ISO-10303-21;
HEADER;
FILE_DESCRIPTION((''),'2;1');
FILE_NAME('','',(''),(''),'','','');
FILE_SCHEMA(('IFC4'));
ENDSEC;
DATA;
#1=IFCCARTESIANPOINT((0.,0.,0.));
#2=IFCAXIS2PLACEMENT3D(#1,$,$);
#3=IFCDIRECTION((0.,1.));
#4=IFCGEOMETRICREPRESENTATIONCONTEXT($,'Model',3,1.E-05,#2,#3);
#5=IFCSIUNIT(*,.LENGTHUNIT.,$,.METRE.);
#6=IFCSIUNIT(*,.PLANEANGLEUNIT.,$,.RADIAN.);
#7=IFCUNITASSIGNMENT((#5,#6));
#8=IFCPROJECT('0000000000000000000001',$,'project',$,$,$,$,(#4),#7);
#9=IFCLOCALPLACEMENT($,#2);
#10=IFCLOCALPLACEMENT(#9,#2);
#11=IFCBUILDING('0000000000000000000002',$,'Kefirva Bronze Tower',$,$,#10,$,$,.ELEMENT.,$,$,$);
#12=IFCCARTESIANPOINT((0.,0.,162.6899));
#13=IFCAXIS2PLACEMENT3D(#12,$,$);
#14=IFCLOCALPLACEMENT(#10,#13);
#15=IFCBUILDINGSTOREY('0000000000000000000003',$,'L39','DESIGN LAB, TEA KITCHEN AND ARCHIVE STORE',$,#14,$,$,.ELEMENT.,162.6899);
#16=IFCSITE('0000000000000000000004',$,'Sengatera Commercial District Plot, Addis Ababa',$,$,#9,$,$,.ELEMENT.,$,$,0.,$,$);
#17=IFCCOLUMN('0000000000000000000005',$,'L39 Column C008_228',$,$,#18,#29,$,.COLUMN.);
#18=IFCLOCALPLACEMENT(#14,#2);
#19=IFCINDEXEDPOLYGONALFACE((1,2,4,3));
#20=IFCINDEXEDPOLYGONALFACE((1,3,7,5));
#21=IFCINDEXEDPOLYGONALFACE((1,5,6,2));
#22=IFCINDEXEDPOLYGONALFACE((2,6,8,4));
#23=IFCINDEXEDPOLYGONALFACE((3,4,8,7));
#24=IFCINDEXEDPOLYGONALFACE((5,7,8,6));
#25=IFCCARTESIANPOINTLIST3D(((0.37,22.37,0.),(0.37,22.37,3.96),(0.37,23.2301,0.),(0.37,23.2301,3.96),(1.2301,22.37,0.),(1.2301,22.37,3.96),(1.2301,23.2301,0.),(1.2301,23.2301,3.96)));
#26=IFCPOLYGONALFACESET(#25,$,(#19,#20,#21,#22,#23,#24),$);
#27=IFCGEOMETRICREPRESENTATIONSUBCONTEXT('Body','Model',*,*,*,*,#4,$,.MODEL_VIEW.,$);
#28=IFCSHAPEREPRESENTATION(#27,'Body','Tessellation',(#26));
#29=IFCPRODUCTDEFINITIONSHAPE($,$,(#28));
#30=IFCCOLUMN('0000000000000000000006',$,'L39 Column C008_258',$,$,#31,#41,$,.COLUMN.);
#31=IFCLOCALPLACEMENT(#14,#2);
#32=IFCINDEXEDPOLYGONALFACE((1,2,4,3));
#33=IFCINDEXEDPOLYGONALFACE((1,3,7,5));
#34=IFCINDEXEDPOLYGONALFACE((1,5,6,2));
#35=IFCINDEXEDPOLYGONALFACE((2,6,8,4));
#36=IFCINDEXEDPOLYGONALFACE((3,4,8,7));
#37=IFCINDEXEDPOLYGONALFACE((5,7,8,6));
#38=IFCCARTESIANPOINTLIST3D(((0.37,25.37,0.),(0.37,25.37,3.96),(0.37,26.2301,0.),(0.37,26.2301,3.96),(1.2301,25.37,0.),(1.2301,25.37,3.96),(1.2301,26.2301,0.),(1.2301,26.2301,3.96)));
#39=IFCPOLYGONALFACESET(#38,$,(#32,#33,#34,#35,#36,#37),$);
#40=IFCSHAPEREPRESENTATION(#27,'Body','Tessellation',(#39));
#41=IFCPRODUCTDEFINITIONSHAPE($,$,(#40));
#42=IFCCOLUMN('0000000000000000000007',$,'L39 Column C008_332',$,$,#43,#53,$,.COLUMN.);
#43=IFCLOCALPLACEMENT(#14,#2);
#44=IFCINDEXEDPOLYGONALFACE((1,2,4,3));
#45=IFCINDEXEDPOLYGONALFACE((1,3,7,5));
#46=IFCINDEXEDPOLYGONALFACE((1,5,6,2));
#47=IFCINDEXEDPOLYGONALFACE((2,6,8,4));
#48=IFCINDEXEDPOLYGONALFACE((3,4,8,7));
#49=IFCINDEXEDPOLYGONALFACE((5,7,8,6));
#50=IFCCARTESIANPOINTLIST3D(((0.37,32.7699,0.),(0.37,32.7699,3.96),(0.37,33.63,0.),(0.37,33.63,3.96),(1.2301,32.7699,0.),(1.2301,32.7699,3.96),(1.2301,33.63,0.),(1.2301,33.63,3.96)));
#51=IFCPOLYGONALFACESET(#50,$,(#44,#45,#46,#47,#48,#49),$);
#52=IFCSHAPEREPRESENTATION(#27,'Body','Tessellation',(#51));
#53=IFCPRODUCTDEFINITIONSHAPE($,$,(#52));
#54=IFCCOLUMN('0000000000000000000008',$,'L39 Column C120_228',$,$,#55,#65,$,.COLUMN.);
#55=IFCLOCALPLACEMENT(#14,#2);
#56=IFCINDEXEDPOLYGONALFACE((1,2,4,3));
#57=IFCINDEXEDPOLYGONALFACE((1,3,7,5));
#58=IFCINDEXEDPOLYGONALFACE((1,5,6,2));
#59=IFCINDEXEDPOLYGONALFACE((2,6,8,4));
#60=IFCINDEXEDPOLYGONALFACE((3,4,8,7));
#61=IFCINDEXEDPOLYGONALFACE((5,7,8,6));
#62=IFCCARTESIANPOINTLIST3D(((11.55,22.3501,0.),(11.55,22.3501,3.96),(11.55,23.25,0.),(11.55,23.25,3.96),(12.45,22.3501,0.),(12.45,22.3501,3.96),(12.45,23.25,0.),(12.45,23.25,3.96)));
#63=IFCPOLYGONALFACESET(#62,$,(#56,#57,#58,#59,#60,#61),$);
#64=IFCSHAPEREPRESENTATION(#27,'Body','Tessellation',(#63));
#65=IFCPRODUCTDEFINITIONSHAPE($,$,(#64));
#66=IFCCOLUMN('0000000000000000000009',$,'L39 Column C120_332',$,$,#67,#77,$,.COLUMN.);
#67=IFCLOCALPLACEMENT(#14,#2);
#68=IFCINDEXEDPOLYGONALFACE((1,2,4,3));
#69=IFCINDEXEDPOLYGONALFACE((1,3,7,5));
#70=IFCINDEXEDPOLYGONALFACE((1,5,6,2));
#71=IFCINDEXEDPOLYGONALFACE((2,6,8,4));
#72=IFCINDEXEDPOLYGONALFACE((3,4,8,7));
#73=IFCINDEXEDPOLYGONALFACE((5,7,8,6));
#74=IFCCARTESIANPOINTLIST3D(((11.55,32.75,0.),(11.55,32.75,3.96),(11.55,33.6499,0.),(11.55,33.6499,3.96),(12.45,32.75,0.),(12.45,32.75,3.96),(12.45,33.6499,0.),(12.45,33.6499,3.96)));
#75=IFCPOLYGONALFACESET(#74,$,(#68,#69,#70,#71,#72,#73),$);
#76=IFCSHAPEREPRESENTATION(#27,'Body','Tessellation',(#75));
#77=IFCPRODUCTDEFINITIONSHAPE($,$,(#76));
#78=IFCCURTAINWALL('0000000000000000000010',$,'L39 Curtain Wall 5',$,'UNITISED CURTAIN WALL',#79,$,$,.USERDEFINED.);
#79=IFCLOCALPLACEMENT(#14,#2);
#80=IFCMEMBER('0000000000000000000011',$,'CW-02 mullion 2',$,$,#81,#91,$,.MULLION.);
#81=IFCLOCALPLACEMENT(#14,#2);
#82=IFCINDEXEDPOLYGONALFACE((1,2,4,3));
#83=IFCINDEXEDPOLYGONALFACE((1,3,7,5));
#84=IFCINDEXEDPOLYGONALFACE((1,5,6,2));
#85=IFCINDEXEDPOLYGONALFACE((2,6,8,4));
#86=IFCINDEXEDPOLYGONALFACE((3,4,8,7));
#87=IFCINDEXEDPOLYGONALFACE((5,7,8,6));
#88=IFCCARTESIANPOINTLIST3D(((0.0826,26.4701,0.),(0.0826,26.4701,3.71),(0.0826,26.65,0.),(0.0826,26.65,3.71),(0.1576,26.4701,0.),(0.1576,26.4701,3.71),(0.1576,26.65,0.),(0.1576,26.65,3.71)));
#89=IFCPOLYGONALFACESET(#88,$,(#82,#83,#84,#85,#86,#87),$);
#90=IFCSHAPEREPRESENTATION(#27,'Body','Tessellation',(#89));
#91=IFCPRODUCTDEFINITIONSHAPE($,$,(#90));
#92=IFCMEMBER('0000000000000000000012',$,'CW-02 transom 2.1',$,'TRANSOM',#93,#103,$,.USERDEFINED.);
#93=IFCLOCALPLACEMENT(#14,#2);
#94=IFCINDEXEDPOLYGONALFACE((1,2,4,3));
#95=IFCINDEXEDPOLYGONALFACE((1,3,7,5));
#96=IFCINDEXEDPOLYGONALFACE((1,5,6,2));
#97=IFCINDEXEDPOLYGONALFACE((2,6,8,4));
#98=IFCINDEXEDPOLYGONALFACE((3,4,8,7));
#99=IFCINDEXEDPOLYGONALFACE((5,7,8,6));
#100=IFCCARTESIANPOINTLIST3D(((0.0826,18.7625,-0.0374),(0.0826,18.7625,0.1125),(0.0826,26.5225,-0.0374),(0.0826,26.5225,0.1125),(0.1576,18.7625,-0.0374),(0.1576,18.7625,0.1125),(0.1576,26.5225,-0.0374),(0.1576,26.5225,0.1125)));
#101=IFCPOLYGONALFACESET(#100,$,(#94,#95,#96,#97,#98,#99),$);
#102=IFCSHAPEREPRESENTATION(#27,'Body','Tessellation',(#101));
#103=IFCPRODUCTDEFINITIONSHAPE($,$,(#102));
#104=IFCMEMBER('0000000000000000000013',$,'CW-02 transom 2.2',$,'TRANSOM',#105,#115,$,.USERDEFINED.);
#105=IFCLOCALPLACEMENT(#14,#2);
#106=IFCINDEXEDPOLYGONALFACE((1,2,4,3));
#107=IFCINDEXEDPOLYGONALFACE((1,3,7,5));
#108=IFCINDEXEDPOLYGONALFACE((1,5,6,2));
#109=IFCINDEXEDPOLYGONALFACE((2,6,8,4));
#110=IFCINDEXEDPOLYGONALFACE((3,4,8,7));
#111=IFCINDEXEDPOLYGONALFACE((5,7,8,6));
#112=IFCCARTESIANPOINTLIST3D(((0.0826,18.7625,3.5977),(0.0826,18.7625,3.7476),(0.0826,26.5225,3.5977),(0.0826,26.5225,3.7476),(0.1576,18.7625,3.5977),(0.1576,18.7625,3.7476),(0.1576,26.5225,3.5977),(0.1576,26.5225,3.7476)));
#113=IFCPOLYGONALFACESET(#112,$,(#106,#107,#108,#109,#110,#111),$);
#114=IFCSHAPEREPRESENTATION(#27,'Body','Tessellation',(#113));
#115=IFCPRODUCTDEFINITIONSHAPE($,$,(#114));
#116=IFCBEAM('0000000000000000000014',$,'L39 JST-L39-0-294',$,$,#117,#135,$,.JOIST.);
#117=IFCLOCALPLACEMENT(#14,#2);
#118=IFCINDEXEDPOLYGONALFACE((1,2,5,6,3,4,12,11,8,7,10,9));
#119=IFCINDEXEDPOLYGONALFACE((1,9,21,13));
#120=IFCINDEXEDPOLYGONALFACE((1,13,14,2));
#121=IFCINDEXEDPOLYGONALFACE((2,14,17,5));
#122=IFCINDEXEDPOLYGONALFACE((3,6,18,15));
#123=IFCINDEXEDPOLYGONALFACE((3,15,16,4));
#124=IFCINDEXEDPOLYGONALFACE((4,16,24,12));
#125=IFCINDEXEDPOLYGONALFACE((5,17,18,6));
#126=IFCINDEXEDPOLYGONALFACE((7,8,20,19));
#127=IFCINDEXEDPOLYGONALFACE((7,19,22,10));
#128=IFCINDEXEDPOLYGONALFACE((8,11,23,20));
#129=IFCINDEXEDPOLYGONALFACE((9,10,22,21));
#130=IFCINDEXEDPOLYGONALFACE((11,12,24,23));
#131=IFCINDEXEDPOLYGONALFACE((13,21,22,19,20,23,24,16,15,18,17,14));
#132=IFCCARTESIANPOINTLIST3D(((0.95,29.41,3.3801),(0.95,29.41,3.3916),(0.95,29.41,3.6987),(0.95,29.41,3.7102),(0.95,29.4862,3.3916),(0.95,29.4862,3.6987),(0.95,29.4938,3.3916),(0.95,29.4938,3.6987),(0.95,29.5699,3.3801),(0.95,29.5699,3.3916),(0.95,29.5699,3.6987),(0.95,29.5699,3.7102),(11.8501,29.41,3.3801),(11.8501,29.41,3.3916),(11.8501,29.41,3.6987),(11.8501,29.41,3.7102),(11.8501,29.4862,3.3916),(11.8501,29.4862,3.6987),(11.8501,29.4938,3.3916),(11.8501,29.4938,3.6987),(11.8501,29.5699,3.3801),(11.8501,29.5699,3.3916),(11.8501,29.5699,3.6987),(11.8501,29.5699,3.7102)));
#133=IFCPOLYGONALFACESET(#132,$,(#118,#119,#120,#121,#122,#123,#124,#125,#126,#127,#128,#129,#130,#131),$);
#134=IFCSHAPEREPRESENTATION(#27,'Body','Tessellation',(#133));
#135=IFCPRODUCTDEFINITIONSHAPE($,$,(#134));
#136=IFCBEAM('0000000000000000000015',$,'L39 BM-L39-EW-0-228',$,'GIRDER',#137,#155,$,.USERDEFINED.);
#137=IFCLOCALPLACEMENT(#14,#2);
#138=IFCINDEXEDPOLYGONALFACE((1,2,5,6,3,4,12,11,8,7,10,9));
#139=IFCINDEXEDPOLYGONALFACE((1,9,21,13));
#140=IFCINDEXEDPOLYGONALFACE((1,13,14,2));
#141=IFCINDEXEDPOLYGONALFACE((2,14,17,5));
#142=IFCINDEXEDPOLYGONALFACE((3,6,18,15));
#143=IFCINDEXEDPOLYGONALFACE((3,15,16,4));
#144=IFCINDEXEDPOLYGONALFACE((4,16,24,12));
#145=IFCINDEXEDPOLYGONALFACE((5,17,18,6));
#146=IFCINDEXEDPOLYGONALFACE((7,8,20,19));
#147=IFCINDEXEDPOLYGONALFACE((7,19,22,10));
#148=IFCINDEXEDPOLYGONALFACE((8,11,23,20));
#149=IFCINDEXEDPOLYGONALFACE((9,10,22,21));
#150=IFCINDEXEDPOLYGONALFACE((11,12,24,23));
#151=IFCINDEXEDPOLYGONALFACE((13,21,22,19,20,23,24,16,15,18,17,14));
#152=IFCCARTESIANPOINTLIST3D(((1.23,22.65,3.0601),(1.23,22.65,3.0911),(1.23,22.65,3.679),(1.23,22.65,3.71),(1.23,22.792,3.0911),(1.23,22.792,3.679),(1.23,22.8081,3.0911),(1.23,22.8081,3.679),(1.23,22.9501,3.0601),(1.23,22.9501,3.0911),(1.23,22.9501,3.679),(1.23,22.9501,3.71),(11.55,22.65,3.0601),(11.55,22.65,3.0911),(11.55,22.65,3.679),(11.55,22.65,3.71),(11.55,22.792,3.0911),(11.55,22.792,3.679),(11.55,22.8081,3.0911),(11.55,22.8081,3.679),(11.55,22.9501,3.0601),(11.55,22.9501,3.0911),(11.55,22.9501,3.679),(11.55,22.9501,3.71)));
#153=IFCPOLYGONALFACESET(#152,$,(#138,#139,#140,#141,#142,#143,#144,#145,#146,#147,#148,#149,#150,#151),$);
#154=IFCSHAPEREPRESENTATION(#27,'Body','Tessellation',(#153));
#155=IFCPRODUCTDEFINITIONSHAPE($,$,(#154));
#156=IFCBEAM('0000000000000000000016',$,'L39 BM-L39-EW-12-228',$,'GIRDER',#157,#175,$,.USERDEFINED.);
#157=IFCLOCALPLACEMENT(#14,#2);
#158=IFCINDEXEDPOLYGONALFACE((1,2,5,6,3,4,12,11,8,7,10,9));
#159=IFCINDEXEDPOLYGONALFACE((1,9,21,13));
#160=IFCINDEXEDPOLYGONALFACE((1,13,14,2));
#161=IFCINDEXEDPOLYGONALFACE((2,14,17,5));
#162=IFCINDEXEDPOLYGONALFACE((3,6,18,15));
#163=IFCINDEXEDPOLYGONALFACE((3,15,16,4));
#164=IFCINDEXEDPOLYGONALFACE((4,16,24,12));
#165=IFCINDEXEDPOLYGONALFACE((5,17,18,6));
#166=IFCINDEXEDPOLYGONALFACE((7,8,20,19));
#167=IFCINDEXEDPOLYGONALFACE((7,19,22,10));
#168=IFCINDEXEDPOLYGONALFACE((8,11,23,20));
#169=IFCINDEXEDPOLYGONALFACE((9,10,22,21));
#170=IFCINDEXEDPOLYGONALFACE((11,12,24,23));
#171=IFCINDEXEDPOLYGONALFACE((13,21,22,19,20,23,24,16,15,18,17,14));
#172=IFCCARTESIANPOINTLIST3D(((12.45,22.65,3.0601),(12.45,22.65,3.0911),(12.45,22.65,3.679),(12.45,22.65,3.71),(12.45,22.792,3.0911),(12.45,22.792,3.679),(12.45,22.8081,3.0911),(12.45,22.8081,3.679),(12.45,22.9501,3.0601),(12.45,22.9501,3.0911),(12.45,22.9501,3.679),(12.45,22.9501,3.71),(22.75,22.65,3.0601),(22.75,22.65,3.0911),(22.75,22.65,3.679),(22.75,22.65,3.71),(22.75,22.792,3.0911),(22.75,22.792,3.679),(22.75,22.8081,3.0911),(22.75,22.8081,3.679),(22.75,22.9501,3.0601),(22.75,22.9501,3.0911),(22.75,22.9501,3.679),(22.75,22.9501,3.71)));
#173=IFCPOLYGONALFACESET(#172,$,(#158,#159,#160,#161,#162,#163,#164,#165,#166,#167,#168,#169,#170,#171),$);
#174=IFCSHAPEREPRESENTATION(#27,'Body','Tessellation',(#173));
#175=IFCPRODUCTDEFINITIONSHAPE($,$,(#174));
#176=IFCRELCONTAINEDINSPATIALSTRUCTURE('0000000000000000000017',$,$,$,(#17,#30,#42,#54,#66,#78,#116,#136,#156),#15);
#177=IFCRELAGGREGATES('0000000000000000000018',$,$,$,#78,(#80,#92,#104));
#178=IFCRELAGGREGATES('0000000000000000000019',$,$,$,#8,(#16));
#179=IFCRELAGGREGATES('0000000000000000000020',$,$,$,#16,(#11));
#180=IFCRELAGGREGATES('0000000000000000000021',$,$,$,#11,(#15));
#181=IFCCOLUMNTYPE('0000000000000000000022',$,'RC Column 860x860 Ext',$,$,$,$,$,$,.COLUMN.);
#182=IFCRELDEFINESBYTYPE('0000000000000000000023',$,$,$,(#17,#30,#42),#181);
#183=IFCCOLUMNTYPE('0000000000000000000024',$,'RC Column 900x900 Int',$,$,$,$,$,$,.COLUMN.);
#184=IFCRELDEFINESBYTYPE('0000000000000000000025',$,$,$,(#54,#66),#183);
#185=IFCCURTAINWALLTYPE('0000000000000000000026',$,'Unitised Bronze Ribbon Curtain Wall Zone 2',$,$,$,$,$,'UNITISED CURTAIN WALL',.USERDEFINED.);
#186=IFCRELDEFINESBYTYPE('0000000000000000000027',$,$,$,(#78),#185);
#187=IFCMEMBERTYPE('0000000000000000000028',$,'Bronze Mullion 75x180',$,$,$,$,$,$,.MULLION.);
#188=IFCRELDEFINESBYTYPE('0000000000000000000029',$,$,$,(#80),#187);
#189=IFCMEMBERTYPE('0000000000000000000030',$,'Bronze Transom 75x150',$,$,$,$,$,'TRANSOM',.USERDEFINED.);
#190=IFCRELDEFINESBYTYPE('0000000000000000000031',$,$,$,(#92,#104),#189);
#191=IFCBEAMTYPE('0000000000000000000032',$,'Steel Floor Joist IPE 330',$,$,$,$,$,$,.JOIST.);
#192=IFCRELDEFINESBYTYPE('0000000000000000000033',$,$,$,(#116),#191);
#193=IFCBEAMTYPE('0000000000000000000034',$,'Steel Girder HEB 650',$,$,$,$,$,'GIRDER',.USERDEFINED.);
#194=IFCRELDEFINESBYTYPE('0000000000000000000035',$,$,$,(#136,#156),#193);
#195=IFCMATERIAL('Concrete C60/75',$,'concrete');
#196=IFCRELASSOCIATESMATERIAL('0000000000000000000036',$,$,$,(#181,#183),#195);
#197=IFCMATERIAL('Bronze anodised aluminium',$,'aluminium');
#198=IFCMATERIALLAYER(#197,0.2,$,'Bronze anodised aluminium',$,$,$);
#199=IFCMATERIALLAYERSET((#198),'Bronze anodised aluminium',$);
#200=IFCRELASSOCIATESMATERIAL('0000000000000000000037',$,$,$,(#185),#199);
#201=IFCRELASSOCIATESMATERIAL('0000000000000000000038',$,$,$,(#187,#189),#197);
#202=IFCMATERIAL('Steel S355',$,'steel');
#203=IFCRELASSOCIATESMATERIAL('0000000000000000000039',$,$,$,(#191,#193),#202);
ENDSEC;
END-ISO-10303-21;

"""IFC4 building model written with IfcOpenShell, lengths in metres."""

from ifc_helpers import new_model, si_unit, direction, frame, origin, origin_2d, place, context, subcontext, project, spatial, rectangle, i_section, extrude, material, layer, layer_set, material_profile, profile_set, type_object, element, aggregate, save


model = new_model("IFC4")

# Units and contexts
model_context = context("Model", 3, precision=1e-05, world=origin(), true_north=direction((0.0, 1.0)))
body_context = subcontext(model_context, "Body", "Model", "MODEL_VIEW")
ifc_project = project(units=[si_unit("LENGTHUNIT", "METRE"), si_unit("PLANEANGLEUNIT", "RADIAN")], contexts=[model_context])

# Site, building, storey
site_placement = place(None, origin())
site = spatial("IfcSite", under=ifc_project, at=site_placement, Name="Sengatera Commercial District Plot, Addis Ababa", CompositionType="ELEMENT", RefElevation=0.0)
building_placement = place(site_placement, origin())
building = spatial("IfcBuilding", under=site, at=building_placement, Name="Kefirva Bronze Tower", CompositionType="ELEMENT")
storey_placement = place(building_placement, frame((0.0, 0.0, 162.6899)))
storey = spatial("IfcBuildingStorey", under=building, at=storey_placement, Name="L39", Description="DESIGN LAB, TEA KITCHEN AND ARCHIVE STORE", CompositionType="ELEMENT", Elevation=162.6899)

# Columns
ifc_material_1 = material(Name="Concrete C60/75", Category="concrete")
ifc_material_profile_1 = material_profile(ifc_material_1, rectangle(XDim=0.8601, YDim=0.8601, at=origin_2d()), Name="RC 860x860")
ifc_profile_set_1 = profile_set([ifc_material_profile_1], Name="Concrete C60/75")
column_type_1 = type_object("IfcColumnType", Name="RC Column 860x860 Ext", PredefinedType="COLUMN", material=ifc_profile_set_1)
for number, where, z_axis, x_axis, name in (
    (1, (0.8, 22.8, 0.0), (0.0, 0.0, 1.0), (1.0, 0.0, 0.0), "L39 Column C008_228"),
    (2, (0.8, 25.8, 0.0), (0.0, 0.0, 1.0), (1.0, 0.0, 0.0), "L39 Column C008_258"),
    (3, (0.8, 33.2, 0.0), (0.0, 0.0, 1.0), (1.0, 0.0, 0.0), "L39 Column C008_332"),
):
    element("IfcColumn", number, at=place(storey_placement, frame(where, z_axis=z_axis, x_axis=x_axis)), inside=storey, type_object=column_type_1, Name=name, PredefinedType="COLUMN", context=body_context, shape_type="SweptSolid", body=[
        extrude(rectangle(XDim=0.8601, YDim=0.8601, at=origin_2d()), origin(), (0.0, 0.0, 1.0), 3.96),
    ])
ifc_material_profile_2 = material_profile(ifc_material_1, rectangle(XDim=0.8999, YDim=0.8999, at=origin_2d()), Name="RC 900x900")
ifc_profile_set_2 = profile_set([ifc_material_profile_2], Name="Concrete C60/75")
column_type_2 = type_object("IfcColumnType", Name="RC Column 900x900 Int", PredefinedType="COLUMN", material=ifc_profile_set_2)
for number, where, z_axis, x_axis, name in (
    (4, (12.0, 22.8, 0.0), (0.0, 0.0, 1.0), (1.0, 0.0, 0.0), "L39 Column C120_228"),
    (5, (12.0, 33.2, 0.0), (0.0, 0.0, 1.0), (1.0, 0.0, 0.0), "L39 Column C120_332"),
):
    element("IfcColumn", number, at=place(storey_placement, frame(where, z_axis=z_axis, x_axis=x_axis)), inside=storey, type_object=column_type_2, Name=name, PredefinedType="COLUMN", context=body_context, shape_type="SweptSolid", body=[
        extrude(rectangle(XDim=0.8999, YDim=0.8999, at=origin_2d()), origin(), (0.0, 0.0, 1.0), 3.96),
    ])

# Curtain wall, members
ifc_material_2 = material(Name="Bronze anodised aluminium", Category="aluminium")
ifc_layer_1 = layer(ifc_material_2, 0.2, Name="Bronze anodised aluminium")
ifc_layer_set_1 = layer_set([ifc_layer_1], Name="Bronze anodised aluminium")
curtain_wall_type = type_object("IfcCurtainWallType", Name="Unitised Bronze Ribbon Curtain Wall Zone 2", ElementType="UNITISED CURTAIN WALL", PredefinedType="USERDEFINED", material=ifc_layer_set_1)
curtain_wall_placement = place(storey_placement, origin())
curtain_wall = element("IfcCurtainWall", 6, at=curtain_wall_placement, inside=storey, type_object=curtain_wall_type, Name="L39 Curtain Wall 5", ObjectType="UNITISED CURTAIN WALL", PredefinedType="USERDEFINED")
ifc_material_profile_3 = material_profile(ifc_material_2, rectangle(XDim=0.075, YDim=0.1799, at=origin_2d()), Name="ALU 75x180")
ifc_profile_set_3 = profile_set([ifc_material_profile_3], Name="Bronze anodised aluminium")
member_type_1 = type_object("IfcMemberType", Name="Bronze Mullion 75x180", PredefinedType="MULLION", material=ifc_profile_set_3)
member_1_placement = place(storey_placement, frame((0.1201, 26.5601, 0.0), z_axis=(0.0, 0.0, 1.0), x_axis=(1.0, 0.0, 0.0)))
member_1 = element("IfcMember", 7, at=member_1_placement, type_object=member_type_1, Name="CW-02 mullion 2", PredefinedType="MULLION", context=body_context, shape_type="SweptSolid", body=[
    extrude(rectangle(XDim=0.075, YDim=0.1799, at=origin_2d()), origin(), (0.0, 0.0, 1.0), 3.71),
])
ifc_material_profile_4 = material_profile(ifc_material_2, rectangle(XDim=0.075, YDim=0.1499, at=origin_2d()), Name="ALU 75x150")
ifc_profile_set_4 = profile_set([ifc_material_profile_4], Name="Bronze anodised aluminium")
member_type_2 = type_object("IfcMemberType", Name="Bronze Transom 75x150", ElementType="TRANSOM", PredefinedType="USERDEFINED", material=ifc_profile_set_4)
member_2_placement = place(storey_placement, frame((0.1201, 26.5225, 0.0376), z_axis=(0.0, -1.0, 0.0), x_axis=(1.0, 0.0, 0.0)))
member_2 = element("IfcMember", 8, at=member_2_placement, type_object=member_type_2, Name="CW-02 transom 2.1", ObjectType="TRANSOM", PredefinedType="USERDEFINED", context=body_context, shape_type="SweptSolid", body=[
    extrude(rectangle(XDim=0.075, YDim=0.1499, at=origin_2d()), origin(), (0.0, 0.0, 1.0), 7.76),
])
member_3_placement = place(storey_placement, frame((0.1201, 26.5225, 3.6726), z_axis=(0.0, -1.0, 0.0), x_axis=(1.0, 0.0, 0.0)))
member_3 = element("IfcMember", 9, at=member_3_placement, type_object=member_type_2, Name="CW-02 transom 2.2", ObjectType="TRANSOM", PredefinedType="USERDEFINED", context=body_context, shape_type="SweptSolid", body=[
    extrude(rectangle(XDim=0.075, YDim=0.1499, at=origin_2d()), origin(), (0.0, 0.0, 1.0), 7.76),
])

# Beams
ifc_material_3 = material(Name="Steel S355", Category="steel")
ifc_material_profile_5 = material_profile(ifc_material_3, i_section(OverallWidth=0.1599, OverallDepth=0.3301, WebThickness=0.0076, FlangeThickness=0.0115, at=origin_2d()), Name="IPE 330")
ifc_profile_set_5 = profile_set([ifc_material_profile_5], Name="Steel S355")
beam_type_1 = type_object("IfcBeamType", Name="Steel Floor Joist IPE 330", PredefinedType="JOIST", material=ifc_profile_set_5)
beam_1_placement = place(storey_placement, frame((0.95, 29.49, 3.5452), z_axis=(1.0, 0.0, 0.0), x_axis=(0.0, 1.0, 0.0)))
element("IfcBeam", 10, at=beam_1_placement, inside=storey, type_object=beam_type_1, Name="L39 JST-L39-0-294", PredefinedType="JOIST", context=body_context, shape_type="SweptSolid", body=[
    extrude(i_section(OverallWidth=0.1599, OverallDepth=0.3301, WebThickness=0.0076, FlangeThickness=0.0115, at=origin_2d()), origin(), (0.0, 0.0, 1.0), 10.9001),
])
ifc_material_profile_6 = material_profile(ifc_material_3, i_section(OverallWidth=0.3, OverallDepth=0.6499, WebThickness=0.0161, FlangeThickness=0.031, at=origin_2d()), Name="HEB 650")
ifc_profile_set_6 = profile_set([ifc_material_profile_6], Name="Steel S355")
beam_type_2 = type_object("IfcBeamType", Name="Steel Girder HEB 650", ElementType="GIRDER", PredefinedType="USERDEFINED", material=ifc_profile_set_6)
beam_2_placement = place(storey_placement, frame((1.23, 22.8, 3.385), z_axis=(1.0, 0.0, 0.0), x_axis=(0.0, 1.0, 0.0)))
element("IfcBeam", 11, at=beam_2_placement, inside=storey, type_object=beam_type_2, Name="L39 BM-L39-EW-0-228", ObjectType="GIRDER", PredefinedType="USERDEFINED", context=body_context, shape_type="SweptSolid", body=[
    extrude(i_section(OverallWidth=0.3, OverallDepth=0.6499, WebThickness=0.0161, FlangeThickness=0.031, at=origin_2d()), origin(), (0.0, 0.0, 1.0), 10.3201),
])
beam_3_placement = place(storey_placement, frame((12.45, 22.8, 3.385), z_axis=(1.0, 0.0, 0.0), x_axis=(0.0, 1.0, 0.0)))
element("IfcBeam", 12, at=beam_3_placement, inside=storey, type_object=beam_type_2, Name="L39 BM-L39-EW-12-228", ObjectType="GIRDER", PredefinedType="USERDEFINED", context=body_context, shape_type="SweptSolid", body=[
    extrude(i_section(OverallWidth=0.3, OverallDepth=0.6499, WebThickness=0.0161, FlangeThickness=0.031, at=origin_2d()), origin(), (0.0, 0.0, 1.0), 10.3),
])

aggregate(curtain_wall, [member_1, member_2, member_3])

save(model, "model.ifc")
